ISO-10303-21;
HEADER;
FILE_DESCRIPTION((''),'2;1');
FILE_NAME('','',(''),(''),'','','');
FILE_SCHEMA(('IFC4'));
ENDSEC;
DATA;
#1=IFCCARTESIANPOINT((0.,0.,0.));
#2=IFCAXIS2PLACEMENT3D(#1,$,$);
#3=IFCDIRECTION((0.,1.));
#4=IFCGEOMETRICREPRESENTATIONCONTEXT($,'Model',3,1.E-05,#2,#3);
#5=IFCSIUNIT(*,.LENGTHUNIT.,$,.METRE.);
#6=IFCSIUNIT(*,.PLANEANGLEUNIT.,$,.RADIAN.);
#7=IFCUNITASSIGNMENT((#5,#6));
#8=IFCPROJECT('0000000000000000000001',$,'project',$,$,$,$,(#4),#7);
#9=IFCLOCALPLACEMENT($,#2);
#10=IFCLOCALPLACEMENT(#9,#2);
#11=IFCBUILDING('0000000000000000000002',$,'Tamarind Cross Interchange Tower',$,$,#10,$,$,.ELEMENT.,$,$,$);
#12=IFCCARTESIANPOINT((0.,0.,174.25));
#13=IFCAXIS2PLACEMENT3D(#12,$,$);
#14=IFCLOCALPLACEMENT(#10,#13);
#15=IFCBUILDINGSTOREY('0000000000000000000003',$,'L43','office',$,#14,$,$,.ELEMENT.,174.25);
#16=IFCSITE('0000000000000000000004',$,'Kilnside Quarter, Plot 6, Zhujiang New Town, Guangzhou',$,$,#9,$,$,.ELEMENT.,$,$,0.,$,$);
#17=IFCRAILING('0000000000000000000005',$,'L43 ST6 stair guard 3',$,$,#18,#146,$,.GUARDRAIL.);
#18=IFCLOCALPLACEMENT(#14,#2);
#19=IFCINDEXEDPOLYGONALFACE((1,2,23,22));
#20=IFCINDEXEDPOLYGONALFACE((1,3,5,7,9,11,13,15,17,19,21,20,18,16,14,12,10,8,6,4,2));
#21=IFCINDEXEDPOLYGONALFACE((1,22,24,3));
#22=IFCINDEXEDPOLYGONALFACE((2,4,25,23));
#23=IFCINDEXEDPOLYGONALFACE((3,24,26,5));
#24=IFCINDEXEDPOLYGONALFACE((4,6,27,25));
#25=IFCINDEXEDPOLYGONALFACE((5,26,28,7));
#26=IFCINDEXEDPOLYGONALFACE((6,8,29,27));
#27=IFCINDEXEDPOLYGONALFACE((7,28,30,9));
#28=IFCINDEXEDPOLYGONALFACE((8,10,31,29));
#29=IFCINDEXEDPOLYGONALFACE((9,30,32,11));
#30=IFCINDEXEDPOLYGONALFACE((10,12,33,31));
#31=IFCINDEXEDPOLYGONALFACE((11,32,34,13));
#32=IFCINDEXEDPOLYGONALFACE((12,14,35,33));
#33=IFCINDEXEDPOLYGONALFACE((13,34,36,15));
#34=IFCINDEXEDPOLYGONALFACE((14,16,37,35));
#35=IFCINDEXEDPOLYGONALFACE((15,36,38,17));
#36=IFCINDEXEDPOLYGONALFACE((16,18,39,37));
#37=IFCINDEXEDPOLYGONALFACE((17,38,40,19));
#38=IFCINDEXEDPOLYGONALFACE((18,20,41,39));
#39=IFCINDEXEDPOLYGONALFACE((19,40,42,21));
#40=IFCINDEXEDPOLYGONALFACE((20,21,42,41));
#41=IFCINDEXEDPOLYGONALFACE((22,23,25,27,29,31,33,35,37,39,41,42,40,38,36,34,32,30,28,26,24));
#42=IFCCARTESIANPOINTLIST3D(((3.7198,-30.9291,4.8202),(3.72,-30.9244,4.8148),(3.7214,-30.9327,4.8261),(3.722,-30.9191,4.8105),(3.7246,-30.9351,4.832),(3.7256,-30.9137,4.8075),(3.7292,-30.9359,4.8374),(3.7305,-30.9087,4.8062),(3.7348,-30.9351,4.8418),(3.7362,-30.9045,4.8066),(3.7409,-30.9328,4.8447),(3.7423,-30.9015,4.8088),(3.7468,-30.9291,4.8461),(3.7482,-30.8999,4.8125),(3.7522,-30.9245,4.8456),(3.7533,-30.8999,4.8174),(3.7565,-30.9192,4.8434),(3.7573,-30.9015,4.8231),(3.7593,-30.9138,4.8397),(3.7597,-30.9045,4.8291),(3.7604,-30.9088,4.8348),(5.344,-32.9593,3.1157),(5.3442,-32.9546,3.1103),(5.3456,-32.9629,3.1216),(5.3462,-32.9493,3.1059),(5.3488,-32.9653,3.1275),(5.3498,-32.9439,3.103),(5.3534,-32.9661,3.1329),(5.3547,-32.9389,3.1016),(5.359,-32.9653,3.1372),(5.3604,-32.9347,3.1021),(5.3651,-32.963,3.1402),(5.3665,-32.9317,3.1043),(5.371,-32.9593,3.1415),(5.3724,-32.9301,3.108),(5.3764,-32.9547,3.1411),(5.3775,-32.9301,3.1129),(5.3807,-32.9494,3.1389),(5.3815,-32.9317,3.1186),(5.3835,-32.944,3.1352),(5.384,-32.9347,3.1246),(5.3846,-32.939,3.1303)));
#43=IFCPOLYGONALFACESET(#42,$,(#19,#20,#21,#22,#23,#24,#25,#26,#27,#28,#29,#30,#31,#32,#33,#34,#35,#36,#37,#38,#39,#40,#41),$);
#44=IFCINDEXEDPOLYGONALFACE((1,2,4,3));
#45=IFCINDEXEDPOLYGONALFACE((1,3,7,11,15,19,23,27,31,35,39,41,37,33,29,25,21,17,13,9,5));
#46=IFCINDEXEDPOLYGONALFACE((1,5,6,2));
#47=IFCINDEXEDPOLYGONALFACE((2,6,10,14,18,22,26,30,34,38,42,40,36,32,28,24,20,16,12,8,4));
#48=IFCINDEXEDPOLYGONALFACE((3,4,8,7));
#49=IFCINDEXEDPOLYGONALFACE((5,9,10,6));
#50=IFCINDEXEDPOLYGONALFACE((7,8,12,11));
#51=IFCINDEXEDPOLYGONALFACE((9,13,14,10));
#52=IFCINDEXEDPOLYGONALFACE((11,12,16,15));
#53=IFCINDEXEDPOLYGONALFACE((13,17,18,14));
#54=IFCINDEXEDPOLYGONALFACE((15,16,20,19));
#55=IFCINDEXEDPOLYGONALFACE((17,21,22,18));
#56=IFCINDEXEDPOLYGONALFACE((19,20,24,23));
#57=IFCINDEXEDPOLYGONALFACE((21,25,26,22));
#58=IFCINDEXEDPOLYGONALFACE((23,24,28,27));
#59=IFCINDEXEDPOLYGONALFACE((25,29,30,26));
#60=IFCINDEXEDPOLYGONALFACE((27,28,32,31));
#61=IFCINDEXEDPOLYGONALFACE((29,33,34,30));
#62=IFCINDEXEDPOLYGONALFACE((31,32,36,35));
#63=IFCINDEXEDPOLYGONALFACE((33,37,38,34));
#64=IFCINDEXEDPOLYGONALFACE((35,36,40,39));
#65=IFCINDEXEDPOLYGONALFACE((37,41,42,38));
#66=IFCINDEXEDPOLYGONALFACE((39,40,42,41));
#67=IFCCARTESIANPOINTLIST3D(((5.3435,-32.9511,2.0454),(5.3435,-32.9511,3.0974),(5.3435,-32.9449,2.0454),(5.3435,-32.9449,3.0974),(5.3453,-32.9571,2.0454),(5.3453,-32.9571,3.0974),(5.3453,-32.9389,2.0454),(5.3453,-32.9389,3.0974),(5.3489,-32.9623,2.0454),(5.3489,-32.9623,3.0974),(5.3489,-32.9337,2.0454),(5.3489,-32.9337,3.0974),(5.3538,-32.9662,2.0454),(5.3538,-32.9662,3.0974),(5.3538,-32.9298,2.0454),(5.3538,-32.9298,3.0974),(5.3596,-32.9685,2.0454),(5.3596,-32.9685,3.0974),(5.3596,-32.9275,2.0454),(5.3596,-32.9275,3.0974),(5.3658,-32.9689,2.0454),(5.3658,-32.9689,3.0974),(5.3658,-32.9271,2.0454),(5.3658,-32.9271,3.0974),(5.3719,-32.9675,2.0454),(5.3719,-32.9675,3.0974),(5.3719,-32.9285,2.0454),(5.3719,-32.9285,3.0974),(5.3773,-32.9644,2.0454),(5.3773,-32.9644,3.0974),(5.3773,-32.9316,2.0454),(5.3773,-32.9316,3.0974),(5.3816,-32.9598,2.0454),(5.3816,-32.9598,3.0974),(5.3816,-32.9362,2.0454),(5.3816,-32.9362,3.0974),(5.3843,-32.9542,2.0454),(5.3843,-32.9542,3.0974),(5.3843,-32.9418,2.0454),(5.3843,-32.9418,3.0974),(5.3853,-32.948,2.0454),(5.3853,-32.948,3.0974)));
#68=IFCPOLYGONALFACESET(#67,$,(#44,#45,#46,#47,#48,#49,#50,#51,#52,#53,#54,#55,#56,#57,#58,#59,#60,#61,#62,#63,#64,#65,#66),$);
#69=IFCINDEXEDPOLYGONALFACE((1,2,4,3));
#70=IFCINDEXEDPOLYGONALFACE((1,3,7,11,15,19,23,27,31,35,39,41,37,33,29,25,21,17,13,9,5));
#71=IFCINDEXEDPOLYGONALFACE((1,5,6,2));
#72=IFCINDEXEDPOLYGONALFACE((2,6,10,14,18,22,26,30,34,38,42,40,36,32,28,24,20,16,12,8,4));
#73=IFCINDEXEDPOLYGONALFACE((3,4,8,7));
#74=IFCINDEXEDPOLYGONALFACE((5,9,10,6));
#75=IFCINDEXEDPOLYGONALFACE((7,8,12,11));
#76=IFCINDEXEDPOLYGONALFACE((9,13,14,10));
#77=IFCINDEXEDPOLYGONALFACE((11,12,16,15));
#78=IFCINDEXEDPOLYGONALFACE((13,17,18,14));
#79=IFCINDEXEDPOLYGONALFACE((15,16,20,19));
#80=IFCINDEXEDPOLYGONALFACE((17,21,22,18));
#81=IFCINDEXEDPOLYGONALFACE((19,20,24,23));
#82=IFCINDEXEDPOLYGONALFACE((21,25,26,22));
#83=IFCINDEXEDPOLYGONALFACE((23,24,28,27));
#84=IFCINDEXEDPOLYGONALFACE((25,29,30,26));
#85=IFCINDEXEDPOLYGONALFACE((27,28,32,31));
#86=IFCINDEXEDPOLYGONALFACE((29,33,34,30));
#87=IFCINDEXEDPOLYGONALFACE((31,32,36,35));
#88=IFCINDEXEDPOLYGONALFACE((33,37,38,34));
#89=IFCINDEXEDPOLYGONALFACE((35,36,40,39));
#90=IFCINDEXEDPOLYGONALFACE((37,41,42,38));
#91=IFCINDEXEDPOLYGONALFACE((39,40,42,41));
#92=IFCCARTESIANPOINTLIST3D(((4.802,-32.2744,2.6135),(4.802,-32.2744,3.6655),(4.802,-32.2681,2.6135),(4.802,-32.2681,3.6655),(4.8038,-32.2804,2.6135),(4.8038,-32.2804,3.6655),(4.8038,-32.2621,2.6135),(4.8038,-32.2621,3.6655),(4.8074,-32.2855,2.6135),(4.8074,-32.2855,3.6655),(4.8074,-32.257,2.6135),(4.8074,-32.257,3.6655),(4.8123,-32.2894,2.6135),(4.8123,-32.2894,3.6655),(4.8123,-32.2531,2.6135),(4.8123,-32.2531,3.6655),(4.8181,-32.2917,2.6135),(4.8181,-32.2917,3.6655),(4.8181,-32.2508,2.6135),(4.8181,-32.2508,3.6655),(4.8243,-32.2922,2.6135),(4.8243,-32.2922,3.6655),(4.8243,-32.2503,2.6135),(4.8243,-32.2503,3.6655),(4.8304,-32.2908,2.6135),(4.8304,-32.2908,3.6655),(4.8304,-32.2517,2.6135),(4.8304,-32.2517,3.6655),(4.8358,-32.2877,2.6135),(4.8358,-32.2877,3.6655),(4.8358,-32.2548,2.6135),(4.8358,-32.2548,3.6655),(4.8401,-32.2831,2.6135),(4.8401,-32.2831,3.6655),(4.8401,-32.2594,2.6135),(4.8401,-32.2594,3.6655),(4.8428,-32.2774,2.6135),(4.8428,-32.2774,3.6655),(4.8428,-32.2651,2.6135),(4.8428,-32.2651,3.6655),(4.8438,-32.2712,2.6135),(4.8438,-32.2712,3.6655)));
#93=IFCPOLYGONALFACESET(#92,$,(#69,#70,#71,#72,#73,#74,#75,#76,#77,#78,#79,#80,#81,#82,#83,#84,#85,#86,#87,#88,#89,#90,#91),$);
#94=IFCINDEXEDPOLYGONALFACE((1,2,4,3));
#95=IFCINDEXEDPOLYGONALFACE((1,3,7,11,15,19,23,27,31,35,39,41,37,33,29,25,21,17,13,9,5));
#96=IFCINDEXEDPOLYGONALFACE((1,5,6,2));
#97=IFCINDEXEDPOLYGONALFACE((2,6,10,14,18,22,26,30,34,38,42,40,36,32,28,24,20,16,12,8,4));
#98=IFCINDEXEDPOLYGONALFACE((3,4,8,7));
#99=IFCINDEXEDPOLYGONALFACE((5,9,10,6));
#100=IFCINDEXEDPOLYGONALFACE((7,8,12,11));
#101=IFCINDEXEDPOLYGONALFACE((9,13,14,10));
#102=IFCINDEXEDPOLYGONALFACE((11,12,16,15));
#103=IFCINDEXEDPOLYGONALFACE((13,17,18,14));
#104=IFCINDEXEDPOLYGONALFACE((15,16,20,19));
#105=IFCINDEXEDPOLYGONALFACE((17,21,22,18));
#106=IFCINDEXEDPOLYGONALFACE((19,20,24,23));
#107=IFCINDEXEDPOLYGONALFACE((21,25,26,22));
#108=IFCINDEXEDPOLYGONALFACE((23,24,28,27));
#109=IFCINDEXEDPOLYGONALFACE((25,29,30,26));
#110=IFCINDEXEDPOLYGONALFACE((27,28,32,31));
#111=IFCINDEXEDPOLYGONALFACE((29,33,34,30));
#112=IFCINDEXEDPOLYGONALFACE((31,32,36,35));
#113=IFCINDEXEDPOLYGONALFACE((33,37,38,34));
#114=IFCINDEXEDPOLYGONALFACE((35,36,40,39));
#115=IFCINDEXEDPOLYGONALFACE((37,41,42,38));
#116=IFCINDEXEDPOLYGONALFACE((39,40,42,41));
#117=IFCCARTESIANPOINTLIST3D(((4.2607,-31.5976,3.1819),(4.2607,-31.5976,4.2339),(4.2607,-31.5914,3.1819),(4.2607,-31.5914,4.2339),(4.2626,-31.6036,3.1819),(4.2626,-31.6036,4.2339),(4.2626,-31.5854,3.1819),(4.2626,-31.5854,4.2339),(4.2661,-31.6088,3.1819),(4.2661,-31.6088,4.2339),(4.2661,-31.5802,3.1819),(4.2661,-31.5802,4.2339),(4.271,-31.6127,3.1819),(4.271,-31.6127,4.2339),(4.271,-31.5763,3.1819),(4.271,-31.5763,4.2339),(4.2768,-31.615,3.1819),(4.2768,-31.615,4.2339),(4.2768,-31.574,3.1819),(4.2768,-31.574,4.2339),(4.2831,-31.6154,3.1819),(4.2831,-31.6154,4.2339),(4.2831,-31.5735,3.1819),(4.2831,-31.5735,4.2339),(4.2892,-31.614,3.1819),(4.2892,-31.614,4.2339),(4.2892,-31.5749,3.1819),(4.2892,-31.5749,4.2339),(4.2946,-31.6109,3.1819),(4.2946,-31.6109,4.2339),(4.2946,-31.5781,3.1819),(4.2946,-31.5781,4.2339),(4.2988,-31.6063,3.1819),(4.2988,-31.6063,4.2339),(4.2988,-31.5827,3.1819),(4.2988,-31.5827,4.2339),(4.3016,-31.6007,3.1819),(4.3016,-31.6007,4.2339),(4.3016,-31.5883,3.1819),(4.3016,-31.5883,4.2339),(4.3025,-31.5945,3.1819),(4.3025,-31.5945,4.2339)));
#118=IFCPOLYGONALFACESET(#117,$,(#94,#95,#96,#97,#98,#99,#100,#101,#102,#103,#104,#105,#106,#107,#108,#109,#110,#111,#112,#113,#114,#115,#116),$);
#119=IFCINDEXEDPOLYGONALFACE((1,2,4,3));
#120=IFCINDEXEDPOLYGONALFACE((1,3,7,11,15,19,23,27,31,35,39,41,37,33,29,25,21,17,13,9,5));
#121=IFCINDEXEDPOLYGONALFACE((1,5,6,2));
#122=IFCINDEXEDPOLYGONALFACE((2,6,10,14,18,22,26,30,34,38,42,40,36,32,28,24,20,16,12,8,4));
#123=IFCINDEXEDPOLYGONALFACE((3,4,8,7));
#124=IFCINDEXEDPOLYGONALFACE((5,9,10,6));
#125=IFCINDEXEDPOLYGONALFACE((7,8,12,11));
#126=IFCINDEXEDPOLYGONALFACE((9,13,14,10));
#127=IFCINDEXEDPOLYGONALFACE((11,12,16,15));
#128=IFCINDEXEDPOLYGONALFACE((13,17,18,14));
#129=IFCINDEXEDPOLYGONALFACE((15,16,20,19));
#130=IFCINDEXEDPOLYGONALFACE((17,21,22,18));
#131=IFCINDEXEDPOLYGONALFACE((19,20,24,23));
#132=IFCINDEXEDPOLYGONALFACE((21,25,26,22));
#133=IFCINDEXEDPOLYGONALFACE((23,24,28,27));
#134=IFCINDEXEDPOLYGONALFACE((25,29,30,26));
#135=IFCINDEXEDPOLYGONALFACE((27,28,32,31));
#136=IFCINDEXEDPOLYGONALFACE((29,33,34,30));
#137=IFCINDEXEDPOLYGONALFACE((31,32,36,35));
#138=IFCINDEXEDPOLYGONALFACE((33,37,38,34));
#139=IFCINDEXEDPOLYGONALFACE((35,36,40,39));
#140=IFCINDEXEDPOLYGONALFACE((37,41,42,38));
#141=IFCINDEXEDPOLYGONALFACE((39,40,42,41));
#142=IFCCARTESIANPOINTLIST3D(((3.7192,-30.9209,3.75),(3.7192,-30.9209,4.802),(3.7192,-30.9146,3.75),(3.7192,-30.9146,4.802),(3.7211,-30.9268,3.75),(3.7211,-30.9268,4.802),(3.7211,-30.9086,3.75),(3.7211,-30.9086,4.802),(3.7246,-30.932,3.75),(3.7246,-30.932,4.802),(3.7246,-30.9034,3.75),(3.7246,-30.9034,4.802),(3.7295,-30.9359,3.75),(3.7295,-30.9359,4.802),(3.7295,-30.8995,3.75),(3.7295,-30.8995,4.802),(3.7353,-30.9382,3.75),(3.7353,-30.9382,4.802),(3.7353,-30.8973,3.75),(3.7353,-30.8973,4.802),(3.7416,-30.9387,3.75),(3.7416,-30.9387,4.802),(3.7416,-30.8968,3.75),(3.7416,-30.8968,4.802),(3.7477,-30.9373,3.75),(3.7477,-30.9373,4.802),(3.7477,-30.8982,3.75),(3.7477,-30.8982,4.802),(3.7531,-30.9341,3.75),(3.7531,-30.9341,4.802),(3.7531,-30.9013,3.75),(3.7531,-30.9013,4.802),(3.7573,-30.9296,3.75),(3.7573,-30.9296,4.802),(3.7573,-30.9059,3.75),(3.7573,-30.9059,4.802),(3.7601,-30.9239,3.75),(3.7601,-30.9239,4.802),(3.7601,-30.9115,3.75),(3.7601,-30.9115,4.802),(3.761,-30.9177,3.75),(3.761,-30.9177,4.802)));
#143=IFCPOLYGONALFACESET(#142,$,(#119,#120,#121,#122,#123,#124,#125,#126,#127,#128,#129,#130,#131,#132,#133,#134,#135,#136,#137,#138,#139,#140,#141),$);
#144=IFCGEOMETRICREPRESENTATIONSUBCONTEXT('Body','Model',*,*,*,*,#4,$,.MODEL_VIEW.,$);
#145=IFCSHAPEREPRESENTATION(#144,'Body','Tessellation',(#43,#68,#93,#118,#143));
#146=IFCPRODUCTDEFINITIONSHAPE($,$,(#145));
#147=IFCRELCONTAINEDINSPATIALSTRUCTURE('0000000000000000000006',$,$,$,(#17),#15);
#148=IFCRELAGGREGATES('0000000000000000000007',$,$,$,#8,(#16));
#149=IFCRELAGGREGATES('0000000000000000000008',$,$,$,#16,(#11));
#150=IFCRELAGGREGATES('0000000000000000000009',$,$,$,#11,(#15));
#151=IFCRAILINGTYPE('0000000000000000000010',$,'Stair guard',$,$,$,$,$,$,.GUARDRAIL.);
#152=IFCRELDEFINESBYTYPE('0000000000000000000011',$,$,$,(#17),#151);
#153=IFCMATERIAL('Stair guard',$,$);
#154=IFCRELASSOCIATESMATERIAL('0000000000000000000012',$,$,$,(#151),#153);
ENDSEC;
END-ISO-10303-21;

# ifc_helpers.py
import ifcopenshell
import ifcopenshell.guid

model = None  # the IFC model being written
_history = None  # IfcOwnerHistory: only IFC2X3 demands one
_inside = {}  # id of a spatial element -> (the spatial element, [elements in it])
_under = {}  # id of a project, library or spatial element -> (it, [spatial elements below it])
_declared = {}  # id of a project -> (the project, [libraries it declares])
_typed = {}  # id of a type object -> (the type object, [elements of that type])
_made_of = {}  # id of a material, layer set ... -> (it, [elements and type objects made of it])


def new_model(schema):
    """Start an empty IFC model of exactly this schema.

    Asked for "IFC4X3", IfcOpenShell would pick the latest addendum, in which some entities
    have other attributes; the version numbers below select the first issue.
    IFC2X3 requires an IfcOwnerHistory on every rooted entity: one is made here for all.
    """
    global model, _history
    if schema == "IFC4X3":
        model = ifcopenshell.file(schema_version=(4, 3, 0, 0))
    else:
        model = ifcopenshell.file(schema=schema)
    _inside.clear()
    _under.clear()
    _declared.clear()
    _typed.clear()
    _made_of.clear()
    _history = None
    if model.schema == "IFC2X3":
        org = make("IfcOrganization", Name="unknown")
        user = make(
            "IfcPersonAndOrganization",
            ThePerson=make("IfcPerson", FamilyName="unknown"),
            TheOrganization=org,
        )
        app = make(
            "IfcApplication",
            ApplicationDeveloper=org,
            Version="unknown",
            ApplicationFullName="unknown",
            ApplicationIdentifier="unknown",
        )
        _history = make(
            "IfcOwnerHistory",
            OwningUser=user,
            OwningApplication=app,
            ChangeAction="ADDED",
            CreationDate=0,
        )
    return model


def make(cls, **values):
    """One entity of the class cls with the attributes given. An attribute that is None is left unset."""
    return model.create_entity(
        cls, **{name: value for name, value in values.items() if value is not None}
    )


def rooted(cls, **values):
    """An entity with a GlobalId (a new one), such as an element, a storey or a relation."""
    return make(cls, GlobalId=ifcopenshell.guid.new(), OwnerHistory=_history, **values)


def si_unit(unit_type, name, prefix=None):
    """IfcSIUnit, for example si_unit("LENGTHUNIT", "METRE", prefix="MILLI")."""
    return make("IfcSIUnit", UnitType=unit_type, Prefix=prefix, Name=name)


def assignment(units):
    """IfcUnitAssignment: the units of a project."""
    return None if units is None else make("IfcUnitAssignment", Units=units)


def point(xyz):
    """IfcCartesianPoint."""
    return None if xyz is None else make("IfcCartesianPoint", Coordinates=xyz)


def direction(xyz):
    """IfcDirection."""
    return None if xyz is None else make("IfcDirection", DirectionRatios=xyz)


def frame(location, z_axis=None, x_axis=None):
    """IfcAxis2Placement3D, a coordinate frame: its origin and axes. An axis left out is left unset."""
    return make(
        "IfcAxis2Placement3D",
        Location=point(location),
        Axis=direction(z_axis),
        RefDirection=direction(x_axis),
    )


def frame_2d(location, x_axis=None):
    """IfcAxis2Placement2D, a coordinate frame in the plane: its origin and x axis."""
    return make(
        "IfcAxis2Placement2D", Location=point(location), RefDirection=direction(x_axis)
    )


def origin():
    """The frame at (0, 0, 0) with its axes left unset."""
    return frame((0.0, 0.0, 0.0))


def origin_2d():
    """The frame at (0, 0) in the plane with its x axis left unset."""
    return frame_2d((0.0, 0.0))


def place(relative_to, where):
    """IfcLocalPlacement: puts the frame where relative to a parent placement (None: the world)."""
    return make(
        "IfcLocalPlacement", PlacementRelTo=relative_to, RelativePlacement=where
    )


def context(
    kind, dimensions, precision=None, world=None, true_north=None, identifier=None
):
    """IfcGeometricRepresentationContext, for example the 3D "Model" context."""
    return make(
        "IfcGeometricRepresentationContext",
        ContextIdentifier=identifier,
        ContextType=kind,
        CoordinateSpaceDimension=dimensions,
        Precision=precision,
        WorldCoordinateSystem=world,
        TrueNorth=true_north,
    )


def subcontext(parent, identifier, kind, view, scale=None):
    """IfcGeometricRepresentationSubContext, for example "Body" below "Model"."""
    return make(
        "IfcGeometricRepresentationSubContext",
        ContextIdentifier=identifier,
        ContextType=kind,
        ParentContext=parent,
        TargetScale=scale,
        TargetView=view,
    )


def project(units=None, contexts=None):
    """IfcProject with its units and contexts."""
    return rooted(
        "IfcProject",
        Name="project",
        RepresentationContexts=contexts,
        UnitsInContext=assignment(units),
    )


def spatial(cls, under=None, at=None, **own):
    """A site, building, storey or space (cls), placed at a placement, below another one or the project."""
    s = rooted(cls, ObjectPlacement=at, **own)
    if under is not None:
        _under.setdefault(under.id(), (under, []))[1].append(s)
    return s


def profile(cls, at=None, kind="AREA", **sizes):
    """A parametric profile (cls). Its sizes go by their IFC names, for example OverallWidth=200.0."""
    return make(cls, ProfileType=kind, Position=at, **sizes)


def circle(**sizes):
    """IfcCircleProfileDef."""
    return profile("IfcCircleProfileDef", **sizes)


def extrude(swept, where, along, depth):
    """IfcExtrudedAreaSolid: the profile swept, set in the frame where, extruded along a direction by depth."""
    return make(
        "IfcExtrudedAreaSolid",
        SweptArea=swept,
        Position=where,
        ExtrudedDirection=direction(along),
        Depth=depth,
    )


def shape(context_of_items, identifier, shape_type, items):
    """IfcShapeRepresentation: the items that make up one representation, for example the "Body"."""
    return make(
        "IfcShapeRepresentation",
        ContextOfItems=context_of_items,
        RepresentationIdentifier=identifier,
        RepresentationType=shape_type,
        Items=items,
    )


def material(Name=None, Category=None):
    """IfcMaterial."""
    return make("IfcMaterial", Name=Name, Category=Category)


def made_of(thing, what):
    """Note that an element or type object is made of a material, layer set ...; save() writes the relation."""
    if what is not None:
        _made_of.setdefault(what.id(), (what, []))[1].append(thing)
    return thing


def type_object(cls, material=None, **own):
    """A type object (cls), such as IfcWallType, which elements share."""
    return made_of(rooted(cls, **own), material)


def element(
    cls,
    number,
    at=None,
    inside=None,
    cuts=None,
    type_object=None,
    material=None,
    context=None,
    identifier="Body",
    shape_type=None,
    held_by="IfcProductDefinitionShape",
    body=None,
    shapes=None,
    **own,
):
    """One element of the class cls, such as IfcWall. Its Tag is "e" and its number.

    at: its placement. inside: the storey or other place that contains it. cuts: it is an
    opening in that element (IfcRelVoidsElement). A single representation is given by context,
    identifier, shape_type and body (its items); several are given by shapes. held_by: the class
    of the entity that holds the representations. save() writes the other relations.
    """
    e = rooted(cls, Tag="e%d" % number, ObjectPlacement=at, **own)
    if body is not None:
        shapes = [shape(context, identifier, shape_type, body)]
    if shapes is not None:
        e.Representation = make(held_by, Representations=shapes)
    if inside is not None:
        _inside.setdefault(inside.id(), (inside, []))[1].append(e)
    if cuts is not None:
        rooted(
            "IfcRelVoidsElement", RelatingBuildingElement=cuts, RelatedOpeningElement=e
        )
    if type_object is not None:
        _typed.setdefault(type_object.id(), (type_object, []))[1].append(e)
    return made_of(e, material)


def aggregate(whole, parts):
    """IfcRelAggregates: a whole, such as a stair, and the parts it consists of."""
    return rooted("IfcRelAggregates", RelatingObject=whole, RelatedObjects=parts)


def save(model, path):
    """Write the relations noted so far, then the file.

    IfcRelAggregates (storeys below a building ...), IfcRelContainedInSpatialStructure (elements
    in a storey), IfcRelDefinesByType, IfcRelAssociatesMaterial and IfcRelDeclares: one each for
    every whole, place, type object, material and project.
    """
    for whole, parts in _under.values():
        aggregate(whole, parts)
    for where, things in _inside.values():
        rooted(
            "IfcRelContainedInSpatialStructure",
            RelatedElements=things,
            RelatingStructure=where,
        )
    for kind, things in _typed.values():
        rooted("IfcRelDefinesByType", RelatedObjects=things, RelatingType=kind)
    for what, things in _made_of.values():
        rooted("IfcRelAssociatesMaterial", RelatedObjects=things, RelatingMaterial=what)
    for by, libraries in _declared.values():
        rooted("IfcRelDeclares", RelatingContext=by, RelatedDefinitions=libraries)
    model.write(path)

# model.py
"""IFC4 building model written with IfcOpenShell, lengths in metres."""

from ifc_helpers import new_model, si_unit, direction, frame, origin, origin_2d, place, context, subcontext, project, spatial, circle, extrude, material, type_object, element, save


model = new_model("IFC4")

# Units and contexts
model_context = context("Model", 3, precision=1e-05, world=origin(), true_north=direction((0.0, 1.0)))
body_context = subcontext(model_context, "Body", "Model", "MODEL_VIEW")
ifc_project = project(units=[si_unit("LENGTHUNIT", "METRE"), si_unit("PLANEANGLEUNIT", "RADIAN")], contexts=[model_context])

# Site, building, storey
site_placement = place(None, origin())
site = spatial("IfcSite", under=ifc_project, at=site_placement, Name="Kilnside Quarter, Plot 6, Zhujiang New Town, Guangzhou", CompositionType="ELEMENT", RefElevation=0.0)
building_placement = place(site_placement, origin())
building = spatial("IfcBuilding", under=site, at=building_placement, Name="Tamarind Cross Interchange Tower", CompositionType="ELEMENT")
storey_placement = place(building_placement, frame((0.0, 0.0, 174.25)))
storey = spatial("IfcBuildingStorey", under=building, at=storey_placement, Name="L43", Description="office", CompositionType="ELEMENT", Elevation=174.25)

# Railing
ifc_material_1 = material(Name="Stair guard")
railing_type_1 = type_object("IfcRailingType", Name="Stair guard", PredefinedType="GUARDRAIL", material=ifc_material_1)
railing_1_placement = place(storey_placement, frame((5.3643, -32.948, 2.0454)))
element("IfcRailing", 1, at=railing_1_placement, inside=storey, type_object=railing_type_1, Name="L43 ST6 stair guard 3", PredefinedType="GUARDRAIL", context=body_context, shape_type="SweptSolid", body=[
    extrude(circle(Radius=0.0239, at=origin_2d()), frame((0.0, 0.0, 1.0762), z_axis=(-0.52244, 0.653031, 0.548276), x_axis=(-0.78086, -0.624706, 0.0)), (0.0, 0.0, 1.0), 3.1089),
    extrude(circle(Radius=0.021, at=origin_2d()), origin(), (0.0, 0.0, 1.0), 1.052),
    extrude(circle(Radius=0.021, at=origin_2d()), frame((-0.5415, 0.6768, 0.5681)), (0.0, 0.0, 1.0), 1.052),
    extrude(circle(Radius=0.021, at=origin_2d()), frame((-1.0828, 1.3535, 1.1365)), (0.0, 0.0, 1.0), 1.052),
    extrude(circle(Radius=0.021, at=origin_2d()), frame((-1.6243, 2.0303, 1.7046)), (0.0, 0.0, 1.0), 1.052),
])

save(model, "model.ifc")
